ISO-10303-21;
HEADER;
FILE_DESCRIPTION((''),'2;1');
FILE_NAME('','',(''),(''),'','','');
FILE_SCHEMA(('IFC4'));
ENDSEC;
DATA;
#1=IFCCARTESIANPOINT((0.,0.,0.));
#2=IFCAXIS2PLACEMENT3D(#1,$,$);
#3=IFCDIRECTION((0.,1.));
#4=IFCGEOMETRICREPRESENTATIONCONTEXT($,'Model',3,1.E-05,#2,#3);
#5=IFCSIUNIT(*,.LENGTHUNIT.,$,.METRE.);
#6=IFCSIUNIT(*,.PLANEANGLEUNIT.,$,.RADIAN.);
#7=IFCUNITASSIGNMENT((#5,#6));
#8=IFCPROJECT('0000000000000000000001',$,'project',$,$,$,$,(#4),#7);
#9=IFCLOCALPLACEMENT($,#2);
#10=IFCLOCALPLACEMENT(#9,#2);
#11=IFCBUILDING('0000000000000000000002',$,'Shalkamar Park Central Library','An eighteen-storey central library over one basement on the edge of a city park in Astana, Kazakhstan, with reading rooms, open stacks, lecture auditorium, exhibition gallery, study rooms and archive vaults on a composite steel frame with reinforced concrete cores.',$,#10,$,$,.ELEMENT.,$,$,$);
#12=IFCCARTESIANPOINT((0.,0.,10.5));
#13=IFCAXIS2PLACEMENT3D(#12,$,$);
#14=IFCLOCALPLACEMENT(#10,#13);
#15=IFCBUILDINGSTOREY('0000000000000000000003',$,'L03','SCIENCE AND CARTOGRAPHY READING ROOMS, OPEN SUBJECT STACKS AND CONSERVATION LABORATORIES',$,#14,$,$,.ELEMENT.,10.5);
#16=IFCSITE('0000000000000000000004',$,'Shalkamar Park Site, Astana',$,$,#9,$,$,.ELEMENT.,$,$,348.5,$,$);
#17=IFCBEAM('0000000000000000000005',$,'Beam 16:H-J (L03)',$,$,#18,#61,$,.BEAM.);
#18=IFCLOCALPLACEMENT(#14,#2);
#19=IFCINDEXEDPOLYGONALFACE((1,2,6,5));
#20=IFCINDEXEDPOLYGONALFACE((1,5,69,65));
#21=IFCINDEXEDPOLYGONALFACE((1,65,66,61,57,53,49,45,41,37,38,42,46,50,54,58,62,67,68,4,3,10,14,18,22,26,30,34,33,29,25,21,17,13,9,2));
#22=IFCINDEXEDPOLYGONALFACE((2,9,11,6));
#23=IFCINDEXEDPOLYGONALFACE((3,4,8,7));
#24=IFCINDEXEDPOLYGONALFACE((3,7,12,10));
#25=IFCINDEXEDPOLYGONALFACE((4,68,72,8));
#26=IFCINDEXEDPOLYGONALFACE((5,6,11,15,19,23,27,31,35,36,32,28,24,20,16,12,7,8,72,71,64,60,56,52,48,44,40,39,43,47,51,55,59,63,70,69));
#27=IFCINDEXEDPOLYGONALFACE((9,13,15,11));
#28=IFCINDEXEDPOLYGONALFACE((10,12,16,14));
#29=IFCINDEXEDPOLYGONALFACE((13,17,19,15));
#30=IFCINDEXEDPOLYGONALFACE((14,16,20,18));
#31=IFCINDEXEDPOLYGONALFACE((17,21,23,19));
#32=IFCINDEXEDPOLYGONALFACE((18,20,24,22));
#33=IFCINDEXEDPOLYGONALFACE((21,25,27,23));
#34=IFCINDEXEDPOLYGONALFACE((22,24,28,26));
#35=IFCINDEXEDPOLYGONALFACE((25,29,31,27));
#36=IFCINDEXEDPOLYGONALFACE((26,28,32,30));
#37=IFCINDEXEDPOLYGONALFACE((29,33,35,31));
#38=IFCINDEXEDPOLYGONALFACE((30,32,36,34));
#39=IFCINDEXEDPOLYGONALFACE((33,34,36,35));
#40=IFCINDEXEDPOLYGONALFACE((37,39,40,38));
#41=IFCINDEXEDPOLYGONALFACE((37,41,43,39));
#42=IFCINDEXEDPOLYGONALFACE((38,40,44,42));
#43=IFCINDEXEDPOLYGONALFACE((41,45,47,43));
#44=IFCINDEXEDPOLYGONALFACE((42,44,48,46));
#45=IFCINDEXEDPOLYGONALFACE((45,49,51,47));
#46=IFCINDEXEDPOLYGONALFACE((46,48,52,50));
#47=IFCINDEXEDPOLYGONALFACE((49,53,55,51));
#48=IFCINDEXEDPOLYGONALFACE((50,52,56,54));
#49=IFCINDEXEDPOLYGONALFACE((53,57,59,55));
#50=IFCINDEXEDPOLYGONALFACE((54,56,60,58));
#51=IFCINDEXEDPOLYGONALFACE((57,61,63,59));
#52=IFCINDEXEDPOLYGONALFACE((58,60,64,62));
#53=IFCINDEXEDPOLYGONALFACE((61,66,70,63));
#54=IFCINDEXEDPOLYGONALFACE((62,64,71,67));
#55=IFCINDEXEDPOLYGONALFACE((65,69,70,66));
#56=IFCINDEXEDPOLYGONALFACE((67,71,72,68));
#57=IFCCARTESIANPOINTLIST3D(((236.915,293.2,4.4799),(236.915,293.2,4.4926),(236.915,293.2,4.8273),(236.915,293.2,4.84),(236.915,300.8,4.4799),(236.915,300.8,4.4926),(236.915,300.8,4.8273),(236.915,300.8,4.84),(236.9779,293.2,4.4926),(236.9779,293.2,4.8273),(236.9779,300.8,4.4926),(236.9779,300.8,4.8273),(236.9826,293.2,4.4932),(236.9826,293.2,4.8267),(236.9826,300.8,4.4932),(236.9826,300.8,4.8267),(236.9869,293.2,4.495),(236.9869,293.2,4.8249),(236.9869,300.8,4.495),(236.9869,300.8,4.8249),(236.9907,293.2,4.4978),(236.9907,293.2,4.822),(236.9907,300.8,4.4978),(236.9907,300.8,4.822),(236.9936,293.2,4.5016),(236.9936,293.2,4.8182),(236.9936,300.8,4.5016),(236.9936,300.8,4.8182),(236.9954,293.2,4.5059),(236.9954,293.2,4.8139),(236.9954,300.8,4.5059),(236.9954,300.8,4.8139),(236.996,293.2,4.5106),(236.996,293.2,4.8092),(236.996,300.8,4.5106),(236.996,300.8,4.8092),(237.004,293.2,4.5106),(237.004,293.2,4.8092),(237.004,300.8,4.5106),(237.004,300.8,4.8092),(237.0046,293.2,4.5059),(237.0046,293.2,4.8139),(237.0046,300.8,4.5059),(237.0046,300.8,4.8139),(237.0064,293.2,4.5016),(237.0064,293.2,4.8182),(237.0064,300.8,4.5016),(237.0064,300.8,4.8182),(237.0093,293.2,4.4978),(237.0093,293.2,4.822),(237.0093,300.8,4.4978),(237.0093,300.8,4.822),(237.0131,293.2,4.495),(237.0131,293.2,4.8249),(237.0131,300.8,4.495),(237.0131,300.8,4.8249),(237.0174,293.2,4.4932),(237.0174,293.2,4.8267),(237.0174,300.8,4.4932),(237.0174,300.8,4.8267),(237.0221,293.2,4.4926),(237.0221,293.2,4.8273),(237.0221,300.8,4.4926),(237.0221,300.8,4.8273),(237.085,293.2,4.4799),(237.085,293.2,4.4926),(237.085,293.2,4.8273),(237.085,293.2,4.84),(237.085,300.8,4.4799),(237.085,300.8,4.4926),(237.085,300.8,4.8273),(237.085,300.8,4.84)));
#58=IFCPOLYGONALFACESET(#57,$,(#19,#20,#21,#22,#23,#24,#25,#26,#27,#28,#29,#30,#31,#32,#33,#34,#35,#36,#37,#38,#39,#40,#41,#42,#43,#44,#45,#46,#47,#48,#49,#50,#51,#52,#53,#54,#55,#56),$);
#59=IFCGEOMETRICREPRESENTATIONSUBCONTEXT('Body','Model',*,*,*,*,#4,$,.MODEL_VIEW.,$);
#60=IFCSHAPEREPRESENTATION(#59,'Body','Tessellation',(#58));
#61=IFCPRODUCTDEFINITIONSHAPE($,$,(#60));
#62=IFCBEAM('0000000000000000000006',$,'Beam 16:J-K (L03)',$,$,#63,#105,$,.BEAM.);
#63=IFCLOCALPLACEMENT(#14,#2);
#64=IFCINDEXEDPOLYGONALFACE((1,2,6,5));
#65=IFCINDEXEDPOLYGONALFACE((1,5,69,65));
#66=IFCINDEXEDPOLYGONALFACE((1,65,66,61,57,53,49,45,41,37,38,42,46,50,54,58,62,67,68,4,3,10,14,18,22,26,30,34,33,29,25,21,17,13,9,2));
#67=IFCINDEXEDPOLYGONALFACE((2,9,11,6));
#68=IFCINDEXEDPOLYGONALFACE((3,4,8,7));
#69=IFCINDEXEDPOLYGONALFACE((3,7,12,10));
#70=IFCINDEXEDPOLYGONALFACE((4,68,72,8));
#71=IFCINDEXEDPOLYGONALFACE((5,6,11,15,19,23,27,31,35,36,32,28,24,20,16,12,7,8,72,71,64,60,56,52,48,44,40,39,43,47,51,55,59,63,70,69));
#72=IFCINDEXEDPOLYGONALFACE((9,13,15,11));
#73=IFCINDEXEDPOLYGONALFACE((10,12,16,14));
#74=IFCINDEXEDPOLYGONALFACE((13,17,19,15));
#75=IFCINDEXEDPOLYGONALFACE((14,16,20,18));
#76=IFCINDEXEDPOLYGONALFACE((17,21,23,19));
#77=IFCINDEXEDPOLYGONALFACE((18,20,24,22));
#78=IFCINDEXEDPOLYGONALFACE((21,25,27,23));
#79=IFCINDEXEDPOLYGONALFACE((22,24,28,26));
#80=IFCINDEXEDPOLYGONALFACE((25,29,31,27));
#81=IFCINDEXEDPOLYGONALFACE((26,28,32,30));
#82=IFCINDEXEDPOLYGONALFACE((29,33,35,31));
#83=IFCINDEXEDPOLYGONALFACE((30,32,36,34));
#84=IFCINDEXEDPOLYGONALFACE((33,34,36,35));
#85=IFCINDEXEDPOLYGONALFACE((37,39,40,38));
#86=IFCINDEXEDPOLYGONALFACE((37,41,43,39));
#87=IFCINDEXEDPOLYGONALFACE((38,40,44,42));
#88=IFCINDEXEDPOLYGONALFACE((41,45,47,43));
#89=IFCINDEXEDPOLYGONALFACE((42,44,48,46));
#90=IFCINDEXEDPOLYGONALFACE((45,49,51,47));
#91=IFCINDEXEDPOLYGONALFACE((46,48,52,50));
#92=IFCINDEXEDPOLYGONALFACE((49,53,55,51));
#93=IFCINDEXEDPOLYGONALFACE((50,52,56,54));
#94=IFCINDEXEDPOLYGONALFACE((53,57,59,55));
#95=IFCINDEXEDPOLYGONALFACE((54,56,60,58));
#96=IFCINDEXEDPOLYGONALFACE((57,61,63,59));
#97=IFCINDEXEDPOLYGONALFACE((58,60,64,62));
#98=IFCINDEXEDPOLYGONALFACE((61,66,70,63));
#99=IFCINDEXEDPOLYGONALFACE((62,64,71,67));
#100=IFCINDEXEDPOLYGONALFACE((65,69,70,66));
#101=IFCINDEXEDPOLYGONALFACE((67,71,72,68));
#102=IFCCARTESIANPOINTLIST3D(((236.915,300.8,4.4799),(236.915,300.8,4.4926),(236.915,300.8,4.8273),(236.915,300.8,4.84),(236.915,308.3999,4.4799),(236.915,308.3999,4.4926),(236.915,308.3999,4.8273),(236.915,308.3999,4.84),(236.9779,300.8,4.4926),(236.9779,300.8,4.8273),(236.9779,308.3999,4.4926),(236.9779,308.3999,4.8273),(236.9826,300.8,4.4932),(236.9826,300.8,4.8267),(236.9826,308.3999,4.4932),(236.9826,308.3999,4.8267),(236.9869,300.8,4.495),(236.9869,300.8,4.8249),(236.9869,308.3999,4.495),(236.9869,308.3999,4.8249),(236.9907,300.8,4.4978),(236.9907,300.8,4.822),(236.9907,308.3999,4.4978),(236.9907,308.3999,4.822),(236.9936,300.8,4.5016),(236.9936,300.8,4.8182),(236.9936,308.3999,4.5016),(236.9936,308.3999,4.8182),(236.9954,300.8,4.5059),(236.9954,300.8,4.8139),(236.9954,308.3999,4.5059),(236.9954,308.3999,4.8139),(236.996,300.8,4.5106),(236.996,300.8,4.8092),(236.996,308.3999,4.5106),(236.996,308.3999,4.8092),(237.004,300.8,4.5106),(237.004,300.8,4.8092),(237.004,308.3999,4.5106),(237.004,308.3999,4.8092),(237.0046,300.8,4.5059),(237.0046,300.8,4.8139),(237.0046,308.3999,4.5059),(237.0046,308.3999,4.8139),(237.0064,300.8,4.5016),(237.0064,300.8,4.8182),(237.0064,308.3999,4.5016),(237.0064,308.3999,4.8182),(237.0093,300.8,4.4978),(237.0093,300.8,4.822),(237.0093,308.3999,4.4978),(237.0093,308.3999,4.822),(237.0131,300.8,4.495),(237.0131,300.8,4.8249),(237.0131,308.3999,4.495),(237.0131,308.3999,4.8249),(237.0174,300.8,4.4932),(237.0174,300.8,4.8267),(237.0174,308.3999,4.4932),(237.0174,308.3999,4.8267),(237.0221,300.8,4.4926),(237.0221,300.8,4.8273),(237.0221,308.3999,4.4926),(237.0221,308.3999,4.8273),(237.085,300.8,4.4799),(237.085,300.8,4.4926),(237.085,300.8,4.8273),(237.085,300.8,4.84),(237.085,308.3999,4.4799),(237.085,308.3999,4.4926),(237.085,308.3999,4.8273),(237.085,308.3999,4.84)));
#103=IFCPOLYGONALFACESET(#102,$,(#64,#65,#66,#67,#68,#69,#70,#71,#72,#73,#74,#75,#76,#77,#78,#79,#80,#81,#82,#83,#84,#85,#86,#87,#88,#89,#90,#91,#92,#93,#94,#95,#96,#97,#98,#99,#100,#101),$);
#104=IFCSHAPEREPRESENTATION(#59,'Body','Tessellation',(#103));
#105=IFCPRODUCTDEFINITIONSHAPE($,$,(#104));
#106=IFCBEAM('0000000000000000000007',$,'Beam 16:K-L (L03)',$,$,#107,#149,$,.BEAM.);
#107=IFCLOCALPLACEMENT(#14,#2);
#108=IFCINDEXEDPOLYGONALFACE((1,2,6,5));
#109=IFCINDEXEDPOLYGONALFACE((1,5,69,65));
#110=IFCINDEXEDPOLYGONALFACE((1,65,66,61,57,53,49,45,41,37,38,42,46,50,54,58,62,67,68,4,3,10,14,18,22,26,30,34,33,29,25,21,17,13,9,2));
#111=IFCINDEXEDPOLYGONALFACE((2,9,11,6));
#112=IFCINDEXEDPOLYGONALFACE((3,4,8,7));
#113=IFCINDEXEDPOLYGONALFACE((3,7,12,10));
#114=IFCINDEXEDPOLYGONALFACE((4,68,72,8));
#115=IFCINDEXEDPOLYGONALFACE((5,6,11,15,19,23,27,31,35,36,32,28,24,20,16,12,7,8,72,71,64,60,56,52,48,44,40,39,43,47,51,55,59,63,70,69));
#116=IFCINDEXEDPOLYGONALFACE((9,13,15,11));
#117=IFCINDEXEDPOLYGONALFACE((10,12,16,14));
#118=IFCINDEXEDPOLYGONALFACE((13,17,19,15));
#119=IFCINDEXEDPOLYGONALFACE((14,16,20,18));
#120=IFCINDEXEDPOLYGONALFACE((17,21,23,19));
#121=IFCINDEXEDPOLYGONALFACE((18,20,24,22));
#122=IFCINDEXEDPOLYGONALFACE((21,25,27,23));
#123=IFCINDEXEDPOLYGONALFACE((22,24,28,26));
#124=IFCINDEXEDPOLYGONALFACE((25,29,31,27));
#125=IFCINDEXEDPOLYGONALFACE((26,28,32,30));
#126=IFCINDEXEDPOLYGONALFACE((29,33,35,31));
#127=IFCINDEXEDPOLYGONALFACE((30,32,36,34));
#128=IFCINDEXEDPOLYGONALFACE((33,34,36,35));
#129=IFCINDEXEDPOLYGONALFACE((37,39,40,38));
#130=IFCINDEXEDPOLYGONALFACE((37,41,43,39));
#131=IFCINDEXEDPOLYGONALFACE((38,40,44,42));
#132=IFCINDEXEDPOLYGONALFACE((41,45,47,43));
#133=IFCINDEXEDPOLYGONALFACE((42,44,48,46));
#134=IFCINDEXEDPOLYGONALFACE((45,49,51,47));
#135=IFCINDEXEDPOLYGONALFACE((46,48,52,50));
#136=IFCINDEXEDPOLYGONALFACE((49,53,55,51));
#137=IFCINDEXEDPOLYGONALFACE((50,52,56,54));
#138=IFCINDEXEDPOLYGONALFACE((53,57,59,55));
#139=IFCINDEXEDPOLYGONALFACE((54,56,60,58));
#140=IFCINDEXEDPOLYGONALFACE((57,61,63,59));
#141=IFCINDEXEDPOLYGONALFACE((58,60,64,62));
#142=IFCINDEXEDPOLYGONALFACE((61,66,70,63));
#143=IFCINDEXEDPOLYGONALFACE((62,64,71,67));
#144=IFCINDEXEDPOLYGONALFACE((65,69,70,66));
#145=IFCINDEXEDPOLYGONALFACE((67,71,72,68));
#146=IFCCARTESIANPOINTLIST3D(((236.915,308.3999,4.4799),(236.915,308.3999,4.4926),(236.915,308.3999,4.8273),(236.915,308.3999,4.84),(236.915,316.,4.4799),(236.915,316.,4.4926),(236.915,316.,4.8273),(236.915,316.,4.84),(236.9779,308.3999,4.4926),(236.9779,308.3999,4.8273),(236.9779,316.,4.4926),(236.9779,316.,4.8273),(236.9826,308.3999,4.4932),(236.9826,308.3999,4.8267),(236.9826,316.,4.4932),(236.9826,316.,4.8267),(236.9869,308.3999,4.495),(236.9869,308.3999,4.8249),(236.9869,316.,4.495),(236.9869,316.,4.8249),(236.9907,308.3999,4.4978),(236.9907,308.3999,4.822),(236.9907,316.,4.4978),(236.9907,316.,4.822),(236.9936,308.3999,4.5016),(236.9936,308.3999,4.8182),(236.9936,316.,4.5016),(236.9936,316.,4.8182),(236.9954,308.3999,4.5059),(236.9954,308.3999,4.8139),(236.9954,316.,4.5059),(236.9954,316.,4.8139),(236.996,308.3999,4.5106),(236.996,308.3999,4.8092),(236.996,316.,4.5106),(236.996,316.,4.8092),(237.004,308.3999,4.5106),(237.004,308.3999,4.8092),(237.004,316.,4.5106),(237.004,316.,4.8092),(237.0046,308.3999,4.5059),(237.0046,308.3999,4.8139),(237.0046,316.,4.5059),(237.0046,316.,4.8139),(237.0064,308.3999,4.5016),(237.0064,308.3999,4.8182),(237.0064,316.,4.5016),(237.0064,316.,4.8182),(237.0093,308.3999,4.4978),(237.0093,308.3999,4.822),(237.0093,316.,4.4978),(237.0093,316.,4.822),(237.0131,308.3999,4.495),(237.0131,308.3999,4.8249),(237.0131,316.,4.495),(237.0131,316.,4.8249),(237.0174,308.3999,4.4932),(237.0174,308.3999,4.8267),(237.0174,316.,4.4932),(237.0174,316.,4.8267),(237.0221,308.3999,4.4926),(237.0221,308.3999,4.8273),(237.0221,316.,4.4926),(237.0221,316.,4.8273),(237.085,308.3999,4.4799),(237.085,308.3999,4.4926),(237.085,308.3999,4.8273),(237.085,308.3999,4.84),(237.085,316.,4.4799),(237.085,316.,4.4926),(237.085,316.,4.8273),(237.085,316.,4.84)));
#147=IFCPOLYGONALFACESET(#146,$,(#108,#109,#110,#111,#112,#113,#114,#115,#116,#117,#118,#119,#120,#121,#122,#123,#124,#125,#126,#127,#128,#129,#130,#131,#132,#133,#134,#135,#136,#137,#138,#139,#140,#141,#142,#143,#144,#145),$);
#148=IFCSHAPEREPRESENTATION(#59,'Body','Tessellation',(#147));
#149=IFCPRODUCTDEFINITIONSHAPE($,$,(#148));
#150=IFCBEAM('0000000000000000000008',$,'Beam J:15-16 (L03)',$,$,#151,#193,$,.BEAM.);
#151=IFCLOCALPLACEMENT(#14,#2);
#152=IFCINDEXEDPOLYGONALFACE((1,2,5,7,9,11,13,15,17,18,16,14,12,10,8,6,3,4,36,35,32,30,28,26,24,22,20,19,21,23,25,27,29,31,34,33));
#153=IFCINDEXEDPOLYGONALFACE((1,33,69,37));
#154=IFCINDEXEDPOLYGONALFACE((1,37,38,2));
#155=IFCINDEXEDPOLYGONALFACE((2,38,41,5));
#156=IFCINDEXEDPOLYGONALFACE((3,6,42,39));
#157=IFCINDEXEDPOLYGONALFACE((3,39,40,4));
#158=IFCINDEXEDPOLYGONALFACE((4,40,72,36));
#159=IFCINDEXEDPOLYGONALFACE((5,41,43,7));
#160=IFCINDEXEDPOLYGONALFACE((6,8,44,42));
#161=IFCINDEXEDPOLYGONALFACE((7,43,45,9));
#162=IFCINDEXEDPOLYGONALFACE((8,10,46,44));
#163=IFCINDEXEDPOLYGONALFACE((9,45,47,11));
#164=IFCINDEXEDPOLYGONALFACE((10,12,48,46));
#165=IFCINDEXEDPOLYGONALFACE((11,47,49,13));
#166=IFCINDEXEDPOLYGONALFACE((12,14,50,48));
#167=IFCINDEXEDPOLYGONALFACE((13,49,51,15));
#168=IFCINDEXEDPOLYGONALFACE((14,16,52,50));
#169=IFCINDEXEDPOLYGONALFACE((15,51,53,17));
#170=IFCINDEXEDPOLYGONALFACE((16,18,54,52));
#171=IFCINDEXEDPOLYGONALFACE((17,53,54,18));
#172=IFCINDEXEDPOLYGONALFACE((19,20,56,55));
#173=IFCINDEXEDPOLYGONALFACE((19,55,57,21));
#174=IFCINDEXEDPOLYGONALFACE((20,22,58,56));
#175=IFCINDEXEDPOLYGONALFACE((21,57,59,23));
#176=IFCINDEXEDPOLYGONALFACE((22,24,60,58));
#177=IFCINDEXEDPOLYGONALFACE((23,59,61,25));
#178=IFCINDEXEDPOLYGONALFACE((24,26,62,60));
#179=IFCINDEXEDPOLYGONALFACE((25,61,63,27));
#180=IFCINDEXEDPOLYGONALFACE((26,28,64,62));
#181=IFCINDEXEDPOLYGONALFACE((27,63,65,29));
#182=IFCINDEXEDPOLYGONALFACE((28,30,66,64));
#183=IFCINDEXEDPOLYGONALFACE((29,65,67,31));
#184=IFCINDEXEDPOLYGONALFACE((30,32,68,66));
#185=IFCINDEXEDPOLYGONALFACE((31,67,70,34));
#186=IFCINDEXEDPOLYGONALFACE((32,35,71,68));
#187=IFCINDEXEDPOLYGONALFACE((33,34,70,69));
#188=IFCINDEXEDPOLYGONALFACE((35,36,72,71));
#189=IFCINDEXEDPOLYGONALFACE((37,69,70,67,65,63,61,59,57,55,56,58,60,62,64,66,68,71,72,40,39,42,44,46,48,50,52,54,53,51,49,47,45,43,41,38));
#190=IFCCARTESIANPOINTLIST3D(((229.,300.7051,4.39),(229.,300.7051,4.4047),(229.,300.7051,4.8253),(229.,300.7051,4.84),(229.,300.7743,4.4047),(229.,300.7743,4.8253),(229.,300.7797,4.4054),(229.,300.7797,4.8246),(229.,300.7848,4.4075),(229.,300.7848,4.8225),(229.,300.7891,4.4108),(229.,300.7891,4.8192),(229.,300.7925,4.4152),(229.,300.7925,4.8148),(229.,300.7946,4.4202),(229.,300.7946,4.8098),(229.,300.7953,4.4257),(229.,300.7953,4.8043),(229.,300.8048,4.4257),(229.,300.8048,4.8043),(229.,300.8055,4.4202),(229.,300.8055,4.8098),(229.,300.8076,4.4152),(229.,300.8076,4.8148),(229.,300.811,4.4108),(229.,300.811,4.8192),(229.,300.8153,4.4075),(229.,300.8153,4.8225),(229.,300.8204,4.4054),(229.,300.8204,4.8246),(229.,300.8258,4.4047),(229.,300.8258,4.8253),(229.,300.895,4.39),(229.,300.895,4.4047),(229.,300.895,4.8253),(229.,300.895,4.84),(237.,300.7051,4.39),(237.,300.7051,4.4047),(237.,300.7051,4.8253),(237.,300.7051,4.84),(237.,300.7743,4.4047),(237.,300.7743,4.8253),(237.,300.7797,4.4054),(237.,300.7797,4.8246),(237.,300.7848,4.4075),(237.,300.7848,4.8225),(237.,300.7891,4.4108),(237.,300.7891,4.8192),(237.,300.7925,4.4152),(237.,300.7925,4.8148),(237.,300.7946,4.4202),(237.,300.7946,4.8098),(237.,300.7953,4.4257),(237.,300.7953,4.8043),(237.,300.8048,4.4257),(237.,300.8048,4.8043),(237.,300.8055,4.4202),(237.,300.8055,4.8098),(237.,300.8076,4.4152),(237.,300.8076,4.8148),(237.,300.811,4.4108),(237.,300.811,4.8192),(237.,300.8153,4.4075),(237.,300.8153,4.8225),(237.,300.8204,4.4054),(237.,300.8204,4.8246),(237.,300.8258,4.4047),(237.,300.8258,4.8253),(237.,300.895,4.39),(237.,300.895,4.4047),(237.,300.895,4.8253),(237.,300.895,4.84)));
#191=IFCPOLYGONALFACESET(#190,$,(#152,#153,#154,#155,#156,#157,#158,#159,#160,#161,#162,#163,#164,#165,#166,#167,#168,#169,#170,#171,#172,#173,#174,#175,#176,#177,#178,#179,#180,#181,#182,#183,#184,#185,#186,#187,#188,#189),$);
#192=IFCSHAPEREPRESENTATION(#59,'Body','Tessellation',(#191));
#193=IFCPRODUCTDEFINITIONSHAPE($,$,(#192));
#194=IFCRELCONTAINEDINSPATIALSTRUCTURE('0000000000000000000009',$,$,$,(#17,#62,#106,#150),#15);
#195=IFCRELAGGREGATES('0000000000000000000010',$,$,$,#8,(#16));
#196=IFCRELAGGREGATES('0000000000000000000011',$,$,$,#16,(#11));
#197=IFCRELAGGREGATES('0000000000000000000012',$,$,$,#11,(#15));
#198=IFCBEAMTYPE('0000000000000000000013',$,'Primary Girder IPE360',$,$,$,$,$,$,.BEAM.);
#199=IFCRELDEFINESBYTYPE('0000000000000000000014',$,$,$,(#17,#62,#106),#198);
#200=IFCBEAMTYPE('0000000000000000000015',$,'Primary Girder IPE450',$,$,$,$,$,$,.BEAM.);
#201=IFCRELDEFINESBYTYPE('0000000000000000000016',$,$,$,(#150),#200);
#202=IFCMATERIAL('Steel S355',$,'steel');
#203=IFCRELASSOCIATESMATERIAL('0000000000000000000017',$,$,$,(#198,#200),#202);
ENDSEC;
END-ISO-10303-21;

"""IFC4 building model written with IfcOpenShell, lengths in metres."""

from ifc_helpers import new_model, si_unit, direction, frame, origin, origin_2d, place, context, subcontext, project, spatial, i_section, extrude, material, material_profile, profile_set, type_object, element, save


model = new_model("IFC4")

# Units and contexts
model_context = context("Model", 3, precision=1e-05, world=origin(), true_north=direction((0.0, 1.0)))
body_context = subcontext(model_context, "Body", "Model", "MODEL_VIEW")
ifc_project = project(units=[si_unit("LENGTHUNIT", "METRE"), si_unit("PLANEANGLEUNIT", "RADIAN")], contexts=[model_context])

# Site, building, storey
site_placement = place(None, origin())
site = spatial("IfcSite", under=ifc_project, at=site_placement, Name="Shalkamar Park Site, Astana", CompositionType="ELEMENT", RefElevation=348.5)
building_placement = place(site_placement, origin())
building = spatial("IfcBuilding", under=site, at=building_placement, Name="Shalkamar Park Central Library", Description="An eighteen-storey central library over one basement on the edge of a city park in Astana, Kazakhstan, with reading rooms, open stacks, lecture auditorium, exhibition gallery, study rooms and archive vaults on a composite steel frame with reinforced concrete cores.", CompositionType="ELEMENT")
storey_placement = place(building_placement, frame((0.0, 0.0, 10.5)))
storey = spatial("IfcBuildingStorey", under=building, at=storey_placement, Name="L03", Description="SCIENCE AND CARTOGRAPHY READING ROOMS, OPEN SUBJECT STACKS AND CONSERVATION LABORATORIES", CompositionType="ELEMENT", Elevation=10.5)

# Shared definitions
ifc_material = material(Name="Steel S355", Category="steel")

# Beams
ifc_material_profile_1 = material_profile(ifc_material, i_section(OverallWidth=0.1699, OverallDepth=0.3601, WebThickness=0.0081, FlangeThickness=0.0127, FilletRadius=0.0181, at=origin_2d()), Name="IPE 360")
ifc_profile_set_1 = profile_set([ifc_material_profile_1], Name="Steel S355")
beam_type_1 = type_object("IfcBeamType", Name="Primary Girder IPE360", PredefinedType="BEAM", material=ifc_profile_set_1)
for number, where, z_axis, x_axis, name in (
    (1, (237.0, 293.2, 4.6599), (0.0, 1.0, 0.0), (-1.0, 0.0, 0.0), "Beam 16:H-J (L03)"),
):
    element("IfcBeam", number, at=place(storey_placement, frame(where, z_axis=z_axis, x_axis=x_axis)), inside=storey, type_object=beam_type_1, Name=name, PredefinedType="BEAM", context=body_context, shape_type="SweptSolid", body=[
        extrude(i_section(OverallWidth=0.1699, OverallDepth=0.3601, WebThickness=0.0081, FlangeThickness=0.0127, FilletRadius=0.0181, at=origin_2d()), origin(), (0.0, 0.0, 1.0), 7.6001),
    ])
beam_1_placement = place(storey_placement, frame((237.0, 300.8, 4.6599), z_axis=(0.0, 1.0, 0.0), x_axis=(-1.0, 0.0, 0.0)))
element("IfcBeam", 2, at=beam_1_placement, inside=storey, type_object=beam_type_1, Name="Beam 16:J-K (L03)", PredefinedType="BEAM", context=body_context, shape_type="SweptSolid", body=[
    extrude(i_section(OverallWidth=0.1699, OverallDepth=0.3601, WebThickness=0.0081, FlangeThickness=0.0127, FilletRadius=0.0181, at=origin_2d()), origin(), (0.0, 0.0, 1.0), 7.5999),
])
beam_2_placement = place(storey_placement, frame((237.0, 308.3999, 4.6599), z_axis=(0.0, 1.0, 0.0), x_axis=(-1.0, 0.0, 0.0)))
element("IfcBeam", 3, at=beam_2_placement, inside=storey, type_object=beam_type_1, Name="Beam 16:K-L (L03)", PredefinedType="BEAM", context=body_context, shape_type="SweptSolid", body=[
    extrude(i_section(OverallWidth=0.1699, OverallDepth=0.3601, WebThickness=0.0081, FlangeThickness=0.0127, FilletRadius=0.0181, at=origin_2d()), origin(), (0.0, 0.0, 1.0), 7.6001),
])
ifc_material_profile_2 = material_profile(ifc_material, i_section(OverallWidth=0.1899, OverallDepth=0.45, WebThickness=0.0095, FlangeThickness=0.0146, FilletRadius=0.021, at=origin_2d()), Name="IPE 450")
ifc_profile_set_2 = profile_set([ifc_material_profile_2], Name="Steel S355")
beam_type_2 = type_object("IfcBeamType", Name="Primary Girder IPE450", PredefinedType="BEAM", material=ifc_profile_set_2)
for number, where, z_axis, x_axis, name in (
    (4, (229.0, 300.8, 4.615), (1.0, 0.0, 0.0), (0.0, 1.0, 0.0), "Beam J:15-16 (L03)"),
):
    element("IfcBeam", number, at=place(storey_placement, frame(where, z_axis=z_axis, x_axis=x_axis)), inside=storey, type_object=beam_type_2, Name=name, PredefinedType="BEAM", context=body_context, shape_type="SweptSolid", body=[
        extrude(i_section(OverallWidth=0.1899, OverallDepth=0.45, WebThickness=0.0095, FlangeThickness=0.0146, FilletRadius=0.021, at=origin_2d()), origin(), (0.0, 0.0, 1.0), 8.0),
    ])

save(model, "model.ifc")
